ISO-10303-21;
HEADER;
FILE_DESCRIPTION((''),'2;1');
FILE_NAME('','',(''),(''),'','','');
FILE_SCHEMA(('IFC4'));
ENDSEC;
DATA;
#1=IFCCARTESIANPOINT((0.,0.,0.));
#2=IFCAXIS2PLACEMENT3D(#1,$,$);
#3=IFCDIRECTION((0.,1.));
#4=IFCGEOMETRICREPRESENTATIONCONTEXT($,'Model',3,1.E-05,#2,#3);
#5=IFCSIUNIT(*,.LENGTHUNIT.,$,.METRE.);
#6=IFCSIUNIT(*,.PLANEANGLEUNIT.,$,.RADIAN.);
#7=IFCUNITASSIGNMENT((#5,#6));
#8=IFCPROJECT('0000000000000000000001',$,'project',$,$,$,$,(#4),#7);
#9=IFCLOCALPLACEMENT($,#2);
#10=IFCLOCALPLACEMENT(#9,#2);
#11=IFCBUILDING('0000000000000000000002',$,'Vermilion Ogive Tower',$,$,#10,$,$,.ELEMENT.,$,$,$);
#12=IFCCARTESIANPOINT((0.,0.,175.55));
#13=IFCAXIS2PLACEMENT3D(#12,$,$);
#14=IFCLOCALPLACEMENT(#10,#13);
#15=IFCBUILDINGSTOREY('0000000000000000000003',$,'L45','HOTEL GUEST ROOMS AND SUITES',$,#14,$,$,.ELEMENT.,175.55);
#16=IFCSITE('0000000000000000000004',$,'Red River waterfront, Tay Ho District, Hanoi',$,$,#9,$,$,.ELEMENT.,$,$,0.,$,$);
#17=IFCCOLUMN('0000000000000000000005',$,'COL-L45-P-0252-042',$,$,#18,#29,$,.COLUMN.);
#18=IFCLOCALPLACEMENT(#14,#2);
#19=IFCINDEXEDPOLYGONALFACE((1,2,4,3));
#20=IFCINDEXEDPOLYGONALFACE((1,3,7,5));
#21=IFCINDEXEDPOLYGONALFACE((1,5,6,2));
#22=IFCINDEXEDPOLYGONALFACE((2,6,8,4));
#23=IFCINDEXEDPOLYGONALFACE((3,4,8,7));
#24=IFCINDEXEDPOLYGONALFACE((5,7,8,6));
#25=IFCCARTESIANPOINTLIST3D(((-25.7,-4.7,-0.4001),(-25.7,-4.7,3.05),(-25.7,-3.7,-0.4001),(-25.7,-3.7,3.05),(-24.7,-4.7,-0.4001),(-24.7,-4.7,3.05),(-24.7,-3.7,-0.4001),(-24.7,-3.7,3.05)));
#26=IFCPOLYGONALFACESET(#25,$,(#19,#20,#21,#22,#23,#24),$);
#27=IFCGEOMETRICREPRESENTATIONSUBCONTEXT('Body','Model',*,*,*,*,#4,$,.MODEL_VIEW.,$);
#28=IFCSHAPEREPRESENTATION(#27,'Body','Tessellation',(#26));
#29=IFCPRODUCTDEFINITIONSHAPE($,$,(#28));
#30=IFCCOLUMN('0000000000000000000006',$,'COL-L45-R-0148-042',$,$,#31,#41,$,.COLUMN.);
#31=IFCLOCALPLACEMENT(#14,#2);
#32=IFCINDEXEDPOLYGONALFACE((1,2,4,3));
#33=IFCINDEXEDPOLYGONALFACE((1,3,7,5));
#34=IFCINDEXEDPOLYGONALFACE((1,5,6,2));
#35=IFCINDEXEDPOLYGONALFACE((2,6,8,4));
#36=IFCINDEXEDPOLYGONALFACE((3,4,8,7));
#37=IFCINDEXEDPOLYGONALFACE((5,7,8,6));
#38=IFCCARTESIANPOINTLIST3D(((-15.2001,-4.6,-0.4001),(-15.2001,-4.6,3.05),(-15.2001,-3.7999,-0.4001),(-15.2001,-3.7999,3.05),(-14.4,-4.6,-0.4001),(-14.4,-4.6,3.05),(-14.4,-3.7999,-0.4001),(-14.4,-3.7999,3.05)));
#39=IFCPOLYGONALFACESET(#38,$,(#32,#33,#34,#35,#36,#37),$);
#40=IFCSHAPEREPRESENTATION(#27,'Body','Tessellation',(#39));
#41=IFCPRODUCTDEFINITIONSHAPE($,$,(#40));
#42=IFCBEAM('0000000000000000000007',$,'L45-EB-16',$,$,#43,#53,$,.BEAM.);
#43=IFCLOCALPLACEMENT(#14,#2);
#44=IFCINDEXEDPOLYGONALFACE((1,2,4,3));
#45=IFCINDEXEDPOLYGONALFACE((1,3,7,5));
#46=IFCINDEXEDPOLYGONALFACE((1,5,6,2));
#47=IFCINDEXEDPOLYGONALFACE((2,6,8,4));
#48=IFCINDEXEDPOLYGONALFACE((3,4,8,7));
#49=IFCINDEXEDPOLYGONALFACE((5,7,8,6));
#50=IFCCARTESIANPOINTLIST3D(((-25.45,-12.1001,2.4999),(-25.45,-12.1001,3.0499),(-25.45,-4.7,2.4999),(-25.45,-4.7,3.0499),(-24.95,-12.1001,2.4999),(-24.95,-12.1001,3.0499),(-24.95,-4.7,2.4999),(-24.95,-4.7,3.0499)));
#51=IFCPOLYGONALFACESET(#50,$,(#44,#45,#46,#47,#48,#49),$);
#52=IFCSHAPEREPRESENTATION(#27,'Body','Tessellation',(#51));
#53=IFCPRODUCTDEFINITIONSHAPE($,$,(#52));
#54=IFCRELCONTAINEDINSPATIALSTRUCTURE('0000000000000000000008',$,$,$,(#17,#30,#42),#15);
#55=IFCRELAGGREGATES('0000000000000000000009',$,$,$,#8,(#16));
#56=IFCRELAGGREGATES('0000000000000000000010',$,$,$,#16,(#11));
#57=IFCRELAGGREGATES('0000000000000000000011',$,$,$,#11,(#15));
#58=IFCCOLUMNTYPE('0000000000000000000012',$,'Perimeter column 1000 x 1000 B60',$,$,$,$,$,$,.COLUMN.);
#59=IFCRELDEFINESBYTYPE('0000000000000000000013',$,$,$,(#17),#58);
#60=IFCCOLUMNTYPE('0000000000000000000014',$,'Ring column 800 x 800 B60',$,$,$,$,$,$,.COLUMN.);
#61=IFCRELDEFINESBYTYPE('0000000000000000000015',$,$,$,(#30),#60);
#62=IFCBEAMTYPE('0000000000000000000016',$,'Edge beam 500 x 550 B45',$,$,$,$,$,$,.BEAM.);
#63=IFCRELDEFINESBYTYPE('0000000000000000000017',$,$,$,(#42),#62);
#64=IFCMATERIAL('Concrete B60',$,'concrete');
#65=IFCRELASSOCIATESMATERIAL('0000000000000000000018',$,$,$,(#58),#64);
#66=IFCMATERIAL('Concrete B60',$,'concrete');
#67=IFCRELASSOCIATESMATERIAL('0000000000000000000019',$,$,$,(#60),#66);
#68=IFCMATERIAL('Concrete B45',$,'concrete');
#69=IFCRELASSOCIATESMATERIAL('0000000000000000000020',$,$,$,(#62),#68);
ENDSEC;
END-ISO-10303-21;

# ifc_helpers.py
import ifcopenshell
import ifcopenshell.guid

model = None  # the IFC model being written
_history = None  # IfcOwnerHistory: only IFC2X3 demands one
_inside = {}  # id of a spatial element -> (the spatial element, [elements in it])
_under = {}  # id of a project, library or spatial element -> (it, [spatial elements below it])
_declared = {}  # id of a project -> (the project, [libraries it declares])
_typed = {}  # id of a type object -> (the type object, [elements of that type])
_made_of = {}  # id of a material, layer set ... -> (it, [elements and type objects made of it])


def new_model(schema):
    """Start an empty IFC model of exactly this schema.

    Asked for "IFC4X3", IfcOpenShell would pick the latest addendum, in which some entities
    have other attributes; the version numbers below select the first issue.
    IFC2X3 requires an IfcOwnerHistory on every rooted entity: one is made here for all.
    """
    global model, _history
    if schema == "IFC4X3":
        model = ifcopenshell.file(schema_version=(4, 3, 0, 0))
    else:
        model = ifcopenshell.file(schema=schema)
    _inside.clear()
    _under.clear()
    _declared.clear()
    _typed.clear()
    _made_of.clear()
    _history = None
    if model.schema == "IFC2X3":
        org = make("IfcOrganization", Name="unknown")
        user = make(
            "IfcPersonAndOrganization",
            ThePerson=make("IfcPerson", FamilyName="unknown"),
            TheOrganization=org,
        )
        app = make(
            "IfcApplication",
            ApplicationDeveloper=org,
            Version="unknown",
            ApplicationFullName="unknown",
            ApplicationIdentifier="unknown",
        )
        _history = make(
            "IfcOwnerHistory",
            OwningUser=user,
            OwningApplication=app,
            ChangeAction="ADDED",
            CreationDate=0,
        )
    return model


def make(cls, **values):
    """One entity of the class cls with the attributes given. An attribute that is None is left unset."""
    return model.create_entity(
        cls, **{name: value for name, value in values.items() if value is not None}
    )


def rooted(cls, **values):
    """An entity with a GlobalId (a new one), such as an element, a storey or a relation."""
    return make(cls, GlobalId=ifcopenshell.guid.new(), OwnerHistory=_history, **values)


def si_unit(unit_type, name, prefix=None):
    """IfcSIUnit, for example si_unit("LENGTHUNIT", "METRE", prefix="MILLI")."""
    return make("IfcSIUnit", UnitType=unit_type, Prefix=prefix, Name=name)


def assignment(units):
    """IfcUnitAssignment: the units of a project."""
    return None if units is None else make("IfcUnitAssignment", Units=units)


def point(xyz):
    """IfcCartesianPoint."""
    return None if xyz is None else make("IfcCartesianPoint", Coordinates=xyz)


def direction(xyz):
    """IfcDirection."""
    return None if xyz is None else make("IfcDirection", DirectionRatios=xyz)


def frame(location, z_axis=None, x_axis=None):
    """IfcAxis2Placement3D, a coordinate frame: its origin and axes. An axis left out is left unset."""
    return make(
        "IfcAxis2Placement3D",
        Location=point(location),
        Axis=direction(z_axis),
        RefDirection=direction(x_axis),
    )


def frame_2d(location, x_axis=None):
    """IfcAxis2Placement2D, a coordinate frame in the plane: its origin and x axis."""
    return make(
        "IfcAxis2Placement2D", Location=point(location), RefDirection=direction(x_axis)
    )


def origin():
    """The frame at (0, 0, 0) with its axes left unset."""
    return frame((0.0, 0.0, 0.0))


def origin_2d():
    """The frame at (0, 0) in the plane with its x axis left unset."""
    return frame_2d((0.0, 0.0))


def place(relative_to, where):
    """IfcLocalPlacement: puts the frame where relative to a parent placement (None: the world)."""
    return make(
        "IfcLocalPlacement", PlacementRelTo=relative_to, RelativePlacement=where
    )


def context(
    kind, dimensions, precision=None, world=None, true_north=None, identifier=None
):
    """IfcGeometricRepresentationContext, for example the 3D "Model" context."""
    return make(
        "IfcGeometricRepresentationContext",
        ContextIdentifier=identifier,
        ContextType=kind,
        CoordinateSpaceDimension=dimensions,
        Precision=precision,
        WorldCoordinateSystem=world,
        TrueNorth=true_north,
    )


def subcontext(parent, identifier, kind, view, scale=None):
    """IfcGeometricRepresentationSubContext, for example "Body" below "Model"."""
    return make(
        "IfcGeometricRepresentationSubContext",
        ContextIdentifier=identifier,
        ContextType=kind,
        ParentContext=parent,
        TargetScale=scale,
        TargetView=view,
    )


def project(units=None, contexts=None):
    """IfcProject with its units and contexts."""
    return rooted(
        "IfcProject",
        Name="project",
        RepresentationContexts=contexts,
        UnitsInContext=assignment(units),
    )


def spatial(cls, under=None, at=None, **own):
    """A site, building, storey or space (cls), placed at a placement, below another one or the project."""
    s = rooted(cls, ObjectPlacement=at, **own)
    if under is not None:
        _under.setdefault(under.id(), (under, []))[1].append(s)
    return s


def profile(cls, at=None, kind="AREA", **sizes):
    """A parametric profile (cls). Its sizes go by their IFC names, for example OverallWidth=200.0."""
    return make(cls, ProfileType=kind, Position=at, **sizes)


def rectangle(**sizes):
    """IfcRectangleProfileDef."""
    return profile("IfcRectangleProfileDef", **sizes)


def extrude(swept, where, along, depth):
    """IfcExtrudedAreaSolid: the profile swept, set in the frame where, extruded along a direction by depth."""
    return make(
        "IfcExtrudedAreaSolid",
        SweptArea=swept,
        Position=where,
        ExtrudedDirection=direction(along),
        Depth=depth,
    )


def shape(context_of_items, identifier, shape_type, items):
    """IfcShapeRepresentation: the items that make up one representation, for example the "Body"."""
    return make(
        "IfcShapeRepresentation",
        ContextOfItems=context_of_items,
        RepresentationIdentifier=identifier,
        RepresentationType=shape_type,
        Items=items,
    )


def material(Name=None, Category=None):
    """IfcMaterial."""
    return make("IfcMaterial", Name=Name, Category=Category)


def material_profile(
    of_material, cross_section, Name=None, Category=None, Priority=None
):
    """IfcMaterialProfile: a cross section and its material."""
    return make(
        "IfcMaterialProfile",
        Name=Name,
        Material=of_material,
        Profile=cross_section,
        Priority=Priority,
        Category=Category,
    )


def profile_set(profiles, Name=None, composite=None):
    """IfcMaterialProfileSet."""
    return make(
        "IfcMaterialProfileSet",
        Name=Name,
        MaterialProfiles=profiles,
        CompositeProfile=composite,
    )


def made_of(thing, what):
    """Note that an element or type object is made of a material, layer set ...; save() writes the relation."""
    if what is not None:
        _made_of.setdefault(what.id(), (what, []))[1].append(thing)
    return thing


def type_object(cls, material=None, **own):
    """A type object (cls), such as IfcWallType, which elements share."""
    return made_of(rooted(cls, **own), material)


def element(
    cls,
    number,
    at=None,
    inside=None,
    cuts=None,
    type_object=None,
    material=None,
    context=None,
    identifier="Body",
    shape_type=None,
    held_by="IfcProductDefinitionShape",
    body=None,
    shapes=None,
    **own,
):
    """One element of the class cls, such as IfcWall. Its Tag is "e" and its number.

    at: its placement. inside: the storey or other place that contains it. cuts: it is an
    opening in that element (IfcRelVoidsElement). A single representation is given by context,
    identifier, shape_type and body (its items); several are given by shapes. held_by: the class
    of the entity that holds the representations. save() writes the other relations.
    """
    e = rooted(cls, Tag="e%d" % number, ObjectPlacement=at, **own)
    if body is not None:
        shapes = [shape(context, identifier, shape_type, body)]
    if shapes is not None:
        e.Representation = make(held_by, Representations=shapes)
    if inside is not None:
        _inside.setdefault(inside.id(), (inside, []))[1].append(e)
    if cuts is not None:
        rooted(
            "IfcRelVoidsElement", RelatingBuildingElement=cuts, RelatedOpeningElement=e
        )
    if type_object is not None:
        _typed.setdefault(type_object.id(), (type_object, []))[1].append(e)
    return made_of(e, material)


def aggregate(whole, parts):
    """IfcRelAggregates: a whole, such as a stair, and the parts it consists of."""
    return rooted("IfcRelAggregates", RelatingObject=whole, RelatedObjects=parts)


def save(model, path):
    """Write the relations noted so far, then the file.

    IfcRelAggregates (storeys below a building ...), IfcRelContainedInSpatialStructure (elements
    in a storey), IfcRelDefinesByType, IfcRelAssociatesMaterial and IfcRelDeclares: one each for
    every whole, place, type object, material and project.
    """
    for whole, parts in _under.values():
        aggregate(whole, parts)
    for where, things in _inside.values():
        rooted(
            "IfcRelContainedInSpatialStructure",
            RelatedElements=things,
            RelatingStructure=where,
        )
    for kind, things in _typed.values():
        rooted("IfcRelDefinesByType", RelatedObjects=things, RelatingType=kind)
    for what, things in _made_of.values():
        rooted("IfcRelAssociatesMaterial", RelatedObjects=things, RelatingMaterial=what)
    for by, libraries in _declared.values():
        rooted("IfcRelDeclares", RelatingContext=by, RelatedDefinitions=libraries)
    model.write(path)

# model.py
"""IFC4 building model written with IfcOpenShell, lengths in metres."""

from ifc_helpers import new_model, si_unit, direction, frame, origin, origin_2d, place, context, subcontext, project, spatial, rectangle, extrude, material, material_profile, profile_set, type_object, element, save


model = new_model("IFC4")

# Units and contexts
model_context = context("Model", 3, precision=1e-05, world=origin(), true_north=direction((0.0, 1.0)))
body_context = subcontext(model_context, "Body", "Model", "MODEL_VIEW")
ifc_project = project(units=[si_unit("LENGTHUNIT", "METRE"), si_unit("PLANEANGLEUNIT", "RADIAN")], contexts=[model_context])

# Site, building, storey
site_placement = place(None, origin())
site = spatial("IfcSite", under=ifc_project, at=site_placement, Name="Red River waterfront, Tay Ho District, Hanoi", CompositionType="ELEMENT", RefElevation=0.0)
building_placement = place(site_placement, origin())
building = spatial("IfcBuilding", under=site, at=building_placement, Name="Vermilion Ogive Tower", CompositionType="ELEMENT")
storey_placement = place(building_placement, frame((0.0, 0.0, 175.55)))
storey = spatial("IfcBuildingStorey", under=building, at=storey_placement, Name="L45", Description="HOTEL GUEST ROOMS AND SUITES", CompositionType="ELEMENT", Elevation=175.55)

# Columns
ifc_material_1 = material(Name="Concrete B60", Category="concrete")
ifc_material_profile_1 = material_profile(ifc_material_1, rectangle(XDim=1.0, YDim=1.0, at=origin_2d()), Name="1000 x 1000")
ifc_profile_set_1 = profile_set([ifc_material_profile_1], Name="Concrete B60")
column_type_1 = type_object("IfcColumnType", Name="Perimeter column 1000 x 1000 B60", PredefinedType="COLUMN", material=ifc_profile_set_1)
column_1_placement = place(storey_placement, frame((-25.2, -4.2, -0.4001), z_axis=(0.0, 0.0, 1.0), x_axis=(1.0, 0.0, 0.0)))
element("IfcColumn", 1, at=column_1_placement, inside=storey, type_object=column_type_1, Name="COL-L45-P-0252-042", PredefinedType="COLUMN", context=body_context, shape_type="SweptSolid", body=[
    extrude(rectangle(XDim=1.0, YDim=1.0, at=origin_2d()), origin(), (0.0, 0.0, 1.0), 3.4502),
])
ifc_material_2 = material(Name="Concrete B60", Category="concrete")
ifc_material_profile_2 = material_profile(ifc_material_2, rectangle(XDim=0.8, YDim=0.8, at=origin_2d()), Name="800 x 800")
ifc_profile_set_2 = profile_set([ifc_material_profile_2], Name="Concrete B60")
column_type_2 = type_object("IfcColumnType", Name="Ring column 800 x 800 B60", PredefinedType="COLUMN", material=ifc_profile_set_2)
column_2_placement = place(storey_placement, frame((-14.8, -4.2, -0.4001), z_axis=(0.0, 0.0, 1.0), x_axis=(1.0, 0.0, 0.0)))
element("IfcColumn", 2, at=column_2_placement, inside=storey, type_object=column_type_2, Name="COL-L45-R-0148-042", PredefinedType="COLUMN", context=body_context, shape_type="SweptSolid", body=[
    extrude(rectangle(XDim=0.8, YDim=0.8, at=origin_2d()), origin(), (0.0, 0.0, 1.0), 3.4502),
])

# Beam
ifc_material_3 = material(Name="Concrete B45", Category="concrete")
ifc_material_profile_3 = material_profile(ifc_material_3, rectangle(XDim=0.5, YDim=0.55, at=origin_2d()), Name="500 x 550")
ifc_profile_set_3 = profile_set([ifc_material_profile_3], Name="Concrete B45")
beam_type = type_object("IfcBeamType", Name="Edge beam 500 x 550 B45", PredefinedType="BEAM", material=ifc_profile_set_3)
beam_placement = place(storey_placement, frame((-25.2, -4.7, 2.7749), z_axis=(0.0, -1.0, 0.0), x_axis=(1.0, 0.0, 0.0)))
element("IfcBeam", 3, at=beam_placement, inside=storey, type_object=beam_type, Name="L45-EB-16", PredefinedType="BEAM", context=body_context, shape_type="SweptSolid", body=[
    extrude(rectangle(XDim=0.5, YDim=0.55, at=origin_2d()), origin(), (0.0, 0.0, 1.0), 7.4001),
])

save(model, "model.ifc")
